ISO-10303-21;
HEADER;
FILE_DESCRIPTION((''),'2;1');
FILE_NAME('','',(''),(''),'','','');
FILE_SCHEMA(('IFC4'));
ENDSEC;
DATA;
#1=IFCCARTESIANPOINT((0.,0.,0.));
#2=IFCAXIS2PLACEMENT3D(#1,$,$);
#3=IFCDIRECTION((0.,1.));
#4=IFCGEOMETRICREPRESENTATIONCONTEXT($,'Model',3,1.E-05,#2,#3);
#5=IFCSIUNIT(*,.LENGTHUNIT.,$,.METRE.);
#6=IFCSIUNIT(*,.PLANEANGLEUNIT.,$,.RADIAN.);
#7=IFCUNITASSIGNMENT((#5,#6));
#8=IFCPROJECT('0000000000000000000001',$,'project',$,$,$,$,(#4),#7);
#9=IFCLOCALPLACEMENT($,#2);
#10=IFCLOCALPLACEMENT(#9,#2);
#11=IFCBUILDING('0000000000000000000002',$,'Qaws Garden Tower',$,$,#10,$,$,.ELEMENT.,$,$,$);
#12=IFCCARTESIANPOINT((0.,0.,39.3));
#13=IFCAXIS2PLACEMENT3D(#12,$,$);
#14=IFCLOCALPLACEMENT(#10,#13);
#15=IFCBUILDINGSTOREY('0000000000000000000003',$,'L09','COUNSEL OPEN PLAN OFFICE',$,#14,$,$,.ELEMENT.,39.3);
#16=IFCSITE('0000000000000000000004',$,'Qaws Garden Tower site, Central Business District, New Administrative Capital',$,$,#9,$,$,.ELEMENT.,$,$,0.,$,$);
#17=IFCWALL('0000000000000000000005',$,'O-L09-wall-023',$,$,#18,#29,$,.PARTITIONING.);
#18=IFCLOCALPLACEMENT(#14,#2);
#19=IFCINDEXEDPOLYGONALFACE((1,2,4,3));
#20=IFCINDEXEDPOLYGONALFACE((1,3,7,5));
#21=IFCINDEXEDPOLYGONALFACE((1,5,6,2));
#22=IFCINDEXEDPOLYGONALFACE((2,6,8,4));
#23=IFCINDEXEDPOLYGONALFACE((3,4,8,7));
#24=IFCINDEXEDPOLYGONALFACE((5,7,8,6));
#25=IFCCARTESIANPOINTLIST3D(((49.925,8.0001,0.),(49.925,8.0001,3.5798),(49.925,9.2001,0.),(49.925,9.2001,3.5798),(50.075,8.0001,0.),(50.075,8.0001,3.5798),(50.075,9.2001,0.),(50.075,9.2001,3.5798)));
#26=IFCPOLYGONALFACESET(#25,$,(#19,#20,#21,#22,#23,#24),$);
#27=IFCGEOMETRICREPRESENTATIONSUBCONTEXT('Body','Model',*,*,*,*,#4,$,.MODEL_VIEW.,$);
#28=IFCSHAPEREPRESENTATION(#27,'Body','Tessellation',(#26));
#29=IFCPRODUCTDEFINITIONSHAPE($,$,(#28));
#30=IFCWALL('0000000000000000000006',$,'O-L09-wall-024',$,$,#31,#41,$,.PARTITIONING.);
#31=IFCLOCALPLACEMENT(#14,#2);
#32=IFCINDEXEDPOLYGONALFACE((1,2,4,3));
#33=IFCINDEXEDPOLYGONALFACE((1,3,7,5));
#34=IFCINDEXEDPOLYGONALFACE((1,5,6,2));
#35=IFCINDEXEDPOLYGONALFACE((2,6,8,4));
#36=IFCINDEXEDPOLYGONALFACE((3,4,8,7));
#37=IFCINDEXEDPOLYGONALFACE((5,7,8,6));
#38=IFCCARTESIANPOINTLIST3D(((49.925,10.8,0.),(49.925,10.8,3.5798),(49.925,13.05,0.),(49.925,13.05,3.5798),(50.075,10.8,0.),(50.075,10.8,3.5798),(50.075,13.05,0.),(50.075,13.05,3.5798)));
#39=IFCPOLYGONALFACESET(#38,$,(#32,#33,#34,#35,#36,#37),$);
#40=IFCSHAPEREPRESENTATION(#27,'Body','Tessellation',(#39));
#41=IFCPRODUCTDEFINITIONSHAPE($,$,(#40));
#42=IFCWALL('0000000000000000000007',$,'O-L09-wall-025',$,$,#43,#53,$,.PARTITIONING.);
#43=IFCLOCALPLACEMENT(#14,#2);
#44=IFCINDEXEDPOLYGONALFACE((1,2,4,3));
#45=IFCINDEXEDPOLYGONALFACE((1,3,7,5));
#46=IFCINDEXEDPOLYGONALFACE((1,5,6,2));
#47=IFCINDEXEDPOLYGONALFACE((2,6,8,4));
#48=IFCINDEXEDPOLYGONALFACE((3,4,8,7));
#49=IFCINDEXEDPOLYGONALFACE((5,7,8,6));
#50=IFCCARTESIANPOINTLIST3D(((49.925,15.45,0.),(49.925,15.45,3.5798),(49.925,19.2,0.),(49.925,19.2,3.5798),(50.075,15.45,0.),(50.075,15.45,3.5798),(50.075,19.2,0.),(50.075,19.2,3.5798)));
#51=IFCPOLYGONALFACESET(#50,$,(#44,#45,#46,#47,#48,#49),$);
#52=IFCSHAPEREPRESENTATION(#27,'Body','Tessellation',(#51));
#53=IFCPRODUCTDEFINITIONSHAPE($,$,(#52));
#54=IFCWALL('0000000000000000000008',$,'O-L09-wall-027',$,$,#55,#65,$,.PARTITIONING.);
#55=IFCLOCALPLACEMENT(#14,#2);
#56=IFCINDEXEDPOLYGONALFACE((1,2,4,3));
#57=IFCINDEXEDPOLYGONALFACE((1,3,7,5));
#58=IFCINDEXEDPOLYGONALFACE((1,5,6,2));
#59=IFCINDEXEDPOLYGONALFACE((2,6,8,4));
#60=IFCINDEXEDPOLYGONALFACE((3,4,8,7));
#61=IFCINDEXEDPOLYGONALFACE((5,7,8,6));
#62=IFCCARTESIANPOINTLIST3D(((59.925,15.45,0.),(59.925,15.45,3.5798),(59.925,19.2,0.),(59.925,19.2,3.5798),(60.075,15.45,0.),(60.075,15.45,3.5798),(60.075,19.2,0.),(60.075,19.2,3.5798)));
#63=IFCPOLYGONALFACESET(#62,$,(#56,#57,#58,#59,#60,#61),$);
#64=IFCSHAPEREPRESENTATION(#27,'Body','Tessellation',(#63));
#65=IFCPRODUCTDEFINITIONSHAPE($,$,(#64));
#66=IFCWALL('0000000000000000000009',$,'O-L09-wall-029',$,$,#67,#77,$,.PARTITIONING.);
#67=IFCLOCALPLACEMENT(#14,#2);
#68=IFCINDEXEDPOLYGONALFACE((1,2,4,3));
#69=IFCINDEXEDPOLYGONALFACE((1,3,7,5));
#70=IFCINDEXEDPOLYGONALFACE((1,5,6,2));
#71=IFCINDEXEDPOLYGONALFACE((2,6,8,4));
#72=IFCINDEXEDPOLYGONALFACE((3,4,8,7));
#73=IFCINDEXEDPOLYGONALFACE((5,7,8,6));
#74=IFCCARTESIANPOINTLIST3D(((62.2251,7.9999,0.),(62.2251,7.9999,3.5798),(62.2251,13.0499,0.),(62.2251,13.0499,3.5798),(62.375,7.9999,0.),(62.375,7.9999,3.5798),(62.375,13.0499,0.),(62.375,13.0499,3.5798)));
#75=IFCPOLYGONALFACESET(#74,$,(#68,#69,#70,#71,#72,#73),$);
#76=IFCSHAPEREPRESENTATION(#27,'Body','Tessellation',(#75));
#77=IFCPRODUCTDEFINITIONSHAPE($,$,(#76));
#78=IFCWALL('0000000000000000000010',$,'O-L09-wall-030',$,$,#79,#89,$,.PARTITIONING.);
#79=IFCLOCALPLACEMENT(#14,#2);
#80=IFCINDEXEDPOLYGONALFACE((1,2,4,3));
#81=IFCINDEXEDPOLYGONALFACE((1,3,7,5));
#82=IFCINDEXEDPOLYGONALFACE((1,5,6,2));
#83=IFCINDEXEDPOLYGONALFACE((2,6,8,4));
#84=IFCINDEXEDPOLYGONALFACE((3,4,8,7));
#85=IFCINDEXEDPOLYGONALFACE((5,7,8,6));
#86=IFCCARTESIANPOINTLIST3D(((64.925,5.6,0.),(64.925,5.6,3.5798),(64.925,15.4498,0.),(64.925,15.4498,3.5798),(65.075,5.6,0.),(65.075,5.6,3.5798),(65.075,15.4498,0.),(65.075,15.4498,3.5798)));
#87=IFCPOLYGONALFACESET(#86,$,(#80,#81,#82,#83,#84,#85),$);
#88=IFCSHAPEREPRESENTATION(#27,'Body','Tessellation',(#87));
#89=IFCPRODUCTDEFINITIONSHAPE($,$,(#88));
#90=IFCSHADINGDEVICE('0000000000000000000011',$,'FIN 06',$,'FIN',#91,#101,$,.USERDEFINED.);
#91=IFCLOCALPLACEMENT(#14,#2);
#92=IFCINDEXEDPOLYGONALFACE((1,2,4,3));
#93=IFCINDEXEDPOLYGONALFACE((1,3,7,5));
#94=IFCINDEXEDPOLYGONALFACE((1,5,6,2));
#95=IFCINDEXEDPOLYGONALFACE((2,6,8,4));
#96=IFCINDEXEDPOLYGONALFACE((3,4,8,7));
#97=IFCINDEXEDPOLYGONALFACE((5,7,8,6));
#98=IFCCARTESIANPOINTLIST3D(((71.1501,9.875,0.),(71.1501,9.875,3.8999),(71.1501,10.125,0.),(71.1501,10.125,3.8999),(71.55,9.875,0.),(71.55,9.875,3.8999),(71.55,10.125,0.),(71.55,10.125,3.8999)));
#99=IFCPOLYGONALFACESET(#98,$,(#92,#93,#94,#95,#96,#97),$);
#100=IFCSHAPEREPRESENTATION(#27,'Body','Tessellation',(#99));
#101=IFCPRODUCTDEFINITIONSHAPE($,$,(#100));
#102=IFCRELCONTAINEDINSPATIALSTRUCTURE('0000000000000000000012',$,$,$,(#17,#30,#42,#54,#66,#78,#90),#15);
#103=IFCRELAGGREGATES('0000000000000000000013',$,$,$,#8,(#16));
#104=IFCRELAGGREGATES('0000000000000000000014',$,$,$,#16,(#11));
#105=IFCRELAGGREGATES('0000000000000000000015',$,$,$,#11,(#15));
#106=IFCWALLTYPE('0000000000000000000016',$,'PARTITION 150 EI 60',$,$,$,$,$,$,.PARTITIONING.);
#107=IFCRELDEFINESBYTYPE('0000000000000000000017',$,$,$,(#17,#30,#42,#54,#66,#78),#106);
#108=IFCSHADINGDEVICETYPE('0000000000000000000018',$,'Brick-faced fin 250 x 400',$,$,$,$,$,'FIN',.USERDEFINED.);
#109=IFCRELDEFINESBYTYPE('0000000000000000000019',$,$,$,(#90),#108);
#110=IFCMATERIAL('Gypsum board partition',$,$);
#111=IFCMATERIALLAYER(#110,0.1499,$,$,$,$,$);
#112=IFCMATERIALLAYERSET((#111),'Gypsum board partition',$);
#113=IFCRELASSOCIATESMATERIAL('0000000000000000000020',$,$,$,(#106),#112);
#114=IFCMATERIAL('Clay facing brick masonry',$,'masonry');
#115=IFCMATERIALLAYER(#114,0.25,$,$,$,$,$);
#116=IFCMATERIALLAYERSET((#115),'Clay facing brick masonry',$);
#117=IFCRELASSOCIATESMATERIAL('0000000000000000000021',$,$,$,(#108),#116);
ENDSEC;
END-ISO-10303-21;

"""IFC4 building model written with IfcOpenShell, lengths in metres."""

from ifc_helpers import new_model, si_unit, direction, frame, frame_2d, origin, origin_2d, place, context, subcontext, project, spatial, rectangle, extrude, material, layer, layer_set, type_object, element, save


model = new_model("IFC4")

# Units and contexts
model_context = context("Model", 3, precision=1e-05, world=origin(), true_north=direction((0.0, 1.0)))
body_context = subcontext(model_context, "Body", "Model", "MODEL_VIEW")
ifc_project = project(units=[si_unit("LENGTHUNIT", "METRE"), si_unit("PLANEANGLEUNIT", "RADIAN")], contexts=[model_context])

# Site, building, storey
site_placement = place(None, origin())
site = spatial("IfcSite", under=ifc_project, at=site_placement, Name="Qaws Garden Tower site, Central Business District, New Administrative Capital", CompositionType="ELEMENT", RefElevation=0.0)
building_placement = place(site_placement, origin())
building = spatial("IfcBuilding", under=site, at=building_placement, Name="Qaws Garden Tower", CompositionType="ELEMENT")
storey_placement = place(building_placement, frame((0.0, 0.0, 39.3)))
storey = spatial("IfcBuildingStorey", under=building, at=storey_placement, Name="L09", Description="COUNSEL OPEN PLAN OFFICE", CompositionType="ELEMENT", Elevation=39.3)

# Walls
ifc_material_1 = material(Name="Gypsum board partition")
ifc_layer_1 = layer(ifc_material_1, 0.1499)
ifc_layer_set_1 = layer_set([ifc_layer_1], Name="Gypsum board partition")
wall_type_1 = type_object("IfcWallType", Name="PARTITION 150 EI 60", PredefinedType="PARTITIONING", material=ifc_layer_set_1)
wall_1_placement = place(storey_placement, frame((50.0, 8.0, 0.0), z_axis=(0.0, 0.0, 1.0), x_axis=(0.0, 1.0, 0.0)))
element("IfcWall", 1, at=wall_1_placement, inside=storey, type_object=wall_type_1, Name="O-L09-wall-023", PredefinedType="PARTITIONING", context=body_context, shape_type="SweptSolid", body=[
    extrude(rectangle(XDim=1.2, YDim=0.1499, at=frame_2d((0.6001, 0.0))), origin(), (0.0, 0.0, 1.0), 3.5798),
])
wall_2_placement = place(storey_placement, frame((50.0, 10.8, 0.0), z_axis=(0.0, 0.0, 1.0), x_axis=(0.0, 1.0, 0.0)))
element("IfcWall", 2, at=wall_2_placement, inside=storey, type_object=wall_type_1, Name="O-L09-wall-024", PredefinedType="PARTITIONING", context=body_context, shape_type="SweptSolid", body=[
    extrude(rectangle(XDim=2.25, YDim=0.1499, at=frame_2d((1.125, 0.0))), origin(), (0.0, 0.0, 1.0), 3.5798),
])
for number, where, z_axis, x_axis, name in (
    (3, (50.0, 15.45, 0.0), (0.0, 0.0, 1.0), (0.0, 1.0, 0.0), "O-L09-wall-025"),
    (4, (60.0, 15.45, 0.0), (0.0, 0.0, 1.0), (0.0, 1.0, 0.0), "O-L09-wall-027"),
):
    element("IfcWall", number, at=place(storey_placement, frame(where, z_axis=z_axis, x_axis=x_axis)), inside=storey, type_object=wall_type_1, Name=name, PredefinedType="PARTITIONING", context=body_context, shape_type="SweptSolid", body=[
        extrude(rectangle(XDim=3.75, YDim=0.1499, at=frame_2d((1.875, 0.0))), origin(), (0.0, 0.0, 1.0), 3.5798),
    ])
wall_3_placement = place(storey_placement, frame((62.3, 8.0, 0.0), z_axis=(0.0, 0.0, 1.0), x_axis=(0.0, 1.0, 0.0)))
element("IfcWall", 5, at=wall_3_placement, inside=storey, type_object=wall_type_1, Name="O-L09-wall-029", PredefinedType="PARTITIONING", context=body_context, shape_type="SweptSolid", body=[
    extrude(rectangle(XDim=5.05, YDim=0.1499, at=frame_2d((2.5249, 0.0))), origin(), (0.0, 0.0, 1.0), 3.5798),
])
wall_4_placement = place(storey_placement, frame((65.0, 5.6001, 0.0), z_axis=(0.0, 0.0, 1.0), x_axis=(0.0, 1.0, 0.0)))
element("IfcWall", 6, at=wall_4_placement, inside=storey, type_object=wall_type_1, Name="O-L09-wall-030", PredefinedType="PARTITIONING", context=body_context, shape_type="SweptSolid", body=[
    extrude(rectangle(XDim=9.8499, YDim=0.1499, at=frame_2d((4.9248, 0.0))), origin(), (0.0, 0.0, 1.0), 3.5798),
])

# Shading device
ifc_material_2 = material(Name="Clay facing brick masonry", Category="masonry")
ifc_layer_2 = layer(ifc_material_2, 0.25)
ifc_layer_set_2 = layer_set([ifc_layer_2], Name="Clay facing brick masonry")
shading_device_type = type_object("IfcShadingDeviceType", Name="Brick-faced fin 250 x 400", ElementType="FIN", PredefinedType="USERDEFINED", material=ifc_layer_set_2)
shading_device_placement = place(storey_placement, frame((71.3501, 10.0, 0.0), z_axis=(0.0, 0.0, 1.0), x_axis=(0.0, 1.0, 0.0)))
element("IfcShadingDevice", 7, at=shading_device_placement, inside=storey, type_object=shading_device_type, Name="FIN 06", ObjectType="FIN", PredefinedType="USERDEFINED", context=body_context, shape_type="SweptSolid", body=[
    extrude(rectangle(XDim=0.25, YDim=0.3999, at=origin_2d()), origin(), (0.0, 0.0, 1.0), 3.8999),
])

save(model, "model.ifc")
